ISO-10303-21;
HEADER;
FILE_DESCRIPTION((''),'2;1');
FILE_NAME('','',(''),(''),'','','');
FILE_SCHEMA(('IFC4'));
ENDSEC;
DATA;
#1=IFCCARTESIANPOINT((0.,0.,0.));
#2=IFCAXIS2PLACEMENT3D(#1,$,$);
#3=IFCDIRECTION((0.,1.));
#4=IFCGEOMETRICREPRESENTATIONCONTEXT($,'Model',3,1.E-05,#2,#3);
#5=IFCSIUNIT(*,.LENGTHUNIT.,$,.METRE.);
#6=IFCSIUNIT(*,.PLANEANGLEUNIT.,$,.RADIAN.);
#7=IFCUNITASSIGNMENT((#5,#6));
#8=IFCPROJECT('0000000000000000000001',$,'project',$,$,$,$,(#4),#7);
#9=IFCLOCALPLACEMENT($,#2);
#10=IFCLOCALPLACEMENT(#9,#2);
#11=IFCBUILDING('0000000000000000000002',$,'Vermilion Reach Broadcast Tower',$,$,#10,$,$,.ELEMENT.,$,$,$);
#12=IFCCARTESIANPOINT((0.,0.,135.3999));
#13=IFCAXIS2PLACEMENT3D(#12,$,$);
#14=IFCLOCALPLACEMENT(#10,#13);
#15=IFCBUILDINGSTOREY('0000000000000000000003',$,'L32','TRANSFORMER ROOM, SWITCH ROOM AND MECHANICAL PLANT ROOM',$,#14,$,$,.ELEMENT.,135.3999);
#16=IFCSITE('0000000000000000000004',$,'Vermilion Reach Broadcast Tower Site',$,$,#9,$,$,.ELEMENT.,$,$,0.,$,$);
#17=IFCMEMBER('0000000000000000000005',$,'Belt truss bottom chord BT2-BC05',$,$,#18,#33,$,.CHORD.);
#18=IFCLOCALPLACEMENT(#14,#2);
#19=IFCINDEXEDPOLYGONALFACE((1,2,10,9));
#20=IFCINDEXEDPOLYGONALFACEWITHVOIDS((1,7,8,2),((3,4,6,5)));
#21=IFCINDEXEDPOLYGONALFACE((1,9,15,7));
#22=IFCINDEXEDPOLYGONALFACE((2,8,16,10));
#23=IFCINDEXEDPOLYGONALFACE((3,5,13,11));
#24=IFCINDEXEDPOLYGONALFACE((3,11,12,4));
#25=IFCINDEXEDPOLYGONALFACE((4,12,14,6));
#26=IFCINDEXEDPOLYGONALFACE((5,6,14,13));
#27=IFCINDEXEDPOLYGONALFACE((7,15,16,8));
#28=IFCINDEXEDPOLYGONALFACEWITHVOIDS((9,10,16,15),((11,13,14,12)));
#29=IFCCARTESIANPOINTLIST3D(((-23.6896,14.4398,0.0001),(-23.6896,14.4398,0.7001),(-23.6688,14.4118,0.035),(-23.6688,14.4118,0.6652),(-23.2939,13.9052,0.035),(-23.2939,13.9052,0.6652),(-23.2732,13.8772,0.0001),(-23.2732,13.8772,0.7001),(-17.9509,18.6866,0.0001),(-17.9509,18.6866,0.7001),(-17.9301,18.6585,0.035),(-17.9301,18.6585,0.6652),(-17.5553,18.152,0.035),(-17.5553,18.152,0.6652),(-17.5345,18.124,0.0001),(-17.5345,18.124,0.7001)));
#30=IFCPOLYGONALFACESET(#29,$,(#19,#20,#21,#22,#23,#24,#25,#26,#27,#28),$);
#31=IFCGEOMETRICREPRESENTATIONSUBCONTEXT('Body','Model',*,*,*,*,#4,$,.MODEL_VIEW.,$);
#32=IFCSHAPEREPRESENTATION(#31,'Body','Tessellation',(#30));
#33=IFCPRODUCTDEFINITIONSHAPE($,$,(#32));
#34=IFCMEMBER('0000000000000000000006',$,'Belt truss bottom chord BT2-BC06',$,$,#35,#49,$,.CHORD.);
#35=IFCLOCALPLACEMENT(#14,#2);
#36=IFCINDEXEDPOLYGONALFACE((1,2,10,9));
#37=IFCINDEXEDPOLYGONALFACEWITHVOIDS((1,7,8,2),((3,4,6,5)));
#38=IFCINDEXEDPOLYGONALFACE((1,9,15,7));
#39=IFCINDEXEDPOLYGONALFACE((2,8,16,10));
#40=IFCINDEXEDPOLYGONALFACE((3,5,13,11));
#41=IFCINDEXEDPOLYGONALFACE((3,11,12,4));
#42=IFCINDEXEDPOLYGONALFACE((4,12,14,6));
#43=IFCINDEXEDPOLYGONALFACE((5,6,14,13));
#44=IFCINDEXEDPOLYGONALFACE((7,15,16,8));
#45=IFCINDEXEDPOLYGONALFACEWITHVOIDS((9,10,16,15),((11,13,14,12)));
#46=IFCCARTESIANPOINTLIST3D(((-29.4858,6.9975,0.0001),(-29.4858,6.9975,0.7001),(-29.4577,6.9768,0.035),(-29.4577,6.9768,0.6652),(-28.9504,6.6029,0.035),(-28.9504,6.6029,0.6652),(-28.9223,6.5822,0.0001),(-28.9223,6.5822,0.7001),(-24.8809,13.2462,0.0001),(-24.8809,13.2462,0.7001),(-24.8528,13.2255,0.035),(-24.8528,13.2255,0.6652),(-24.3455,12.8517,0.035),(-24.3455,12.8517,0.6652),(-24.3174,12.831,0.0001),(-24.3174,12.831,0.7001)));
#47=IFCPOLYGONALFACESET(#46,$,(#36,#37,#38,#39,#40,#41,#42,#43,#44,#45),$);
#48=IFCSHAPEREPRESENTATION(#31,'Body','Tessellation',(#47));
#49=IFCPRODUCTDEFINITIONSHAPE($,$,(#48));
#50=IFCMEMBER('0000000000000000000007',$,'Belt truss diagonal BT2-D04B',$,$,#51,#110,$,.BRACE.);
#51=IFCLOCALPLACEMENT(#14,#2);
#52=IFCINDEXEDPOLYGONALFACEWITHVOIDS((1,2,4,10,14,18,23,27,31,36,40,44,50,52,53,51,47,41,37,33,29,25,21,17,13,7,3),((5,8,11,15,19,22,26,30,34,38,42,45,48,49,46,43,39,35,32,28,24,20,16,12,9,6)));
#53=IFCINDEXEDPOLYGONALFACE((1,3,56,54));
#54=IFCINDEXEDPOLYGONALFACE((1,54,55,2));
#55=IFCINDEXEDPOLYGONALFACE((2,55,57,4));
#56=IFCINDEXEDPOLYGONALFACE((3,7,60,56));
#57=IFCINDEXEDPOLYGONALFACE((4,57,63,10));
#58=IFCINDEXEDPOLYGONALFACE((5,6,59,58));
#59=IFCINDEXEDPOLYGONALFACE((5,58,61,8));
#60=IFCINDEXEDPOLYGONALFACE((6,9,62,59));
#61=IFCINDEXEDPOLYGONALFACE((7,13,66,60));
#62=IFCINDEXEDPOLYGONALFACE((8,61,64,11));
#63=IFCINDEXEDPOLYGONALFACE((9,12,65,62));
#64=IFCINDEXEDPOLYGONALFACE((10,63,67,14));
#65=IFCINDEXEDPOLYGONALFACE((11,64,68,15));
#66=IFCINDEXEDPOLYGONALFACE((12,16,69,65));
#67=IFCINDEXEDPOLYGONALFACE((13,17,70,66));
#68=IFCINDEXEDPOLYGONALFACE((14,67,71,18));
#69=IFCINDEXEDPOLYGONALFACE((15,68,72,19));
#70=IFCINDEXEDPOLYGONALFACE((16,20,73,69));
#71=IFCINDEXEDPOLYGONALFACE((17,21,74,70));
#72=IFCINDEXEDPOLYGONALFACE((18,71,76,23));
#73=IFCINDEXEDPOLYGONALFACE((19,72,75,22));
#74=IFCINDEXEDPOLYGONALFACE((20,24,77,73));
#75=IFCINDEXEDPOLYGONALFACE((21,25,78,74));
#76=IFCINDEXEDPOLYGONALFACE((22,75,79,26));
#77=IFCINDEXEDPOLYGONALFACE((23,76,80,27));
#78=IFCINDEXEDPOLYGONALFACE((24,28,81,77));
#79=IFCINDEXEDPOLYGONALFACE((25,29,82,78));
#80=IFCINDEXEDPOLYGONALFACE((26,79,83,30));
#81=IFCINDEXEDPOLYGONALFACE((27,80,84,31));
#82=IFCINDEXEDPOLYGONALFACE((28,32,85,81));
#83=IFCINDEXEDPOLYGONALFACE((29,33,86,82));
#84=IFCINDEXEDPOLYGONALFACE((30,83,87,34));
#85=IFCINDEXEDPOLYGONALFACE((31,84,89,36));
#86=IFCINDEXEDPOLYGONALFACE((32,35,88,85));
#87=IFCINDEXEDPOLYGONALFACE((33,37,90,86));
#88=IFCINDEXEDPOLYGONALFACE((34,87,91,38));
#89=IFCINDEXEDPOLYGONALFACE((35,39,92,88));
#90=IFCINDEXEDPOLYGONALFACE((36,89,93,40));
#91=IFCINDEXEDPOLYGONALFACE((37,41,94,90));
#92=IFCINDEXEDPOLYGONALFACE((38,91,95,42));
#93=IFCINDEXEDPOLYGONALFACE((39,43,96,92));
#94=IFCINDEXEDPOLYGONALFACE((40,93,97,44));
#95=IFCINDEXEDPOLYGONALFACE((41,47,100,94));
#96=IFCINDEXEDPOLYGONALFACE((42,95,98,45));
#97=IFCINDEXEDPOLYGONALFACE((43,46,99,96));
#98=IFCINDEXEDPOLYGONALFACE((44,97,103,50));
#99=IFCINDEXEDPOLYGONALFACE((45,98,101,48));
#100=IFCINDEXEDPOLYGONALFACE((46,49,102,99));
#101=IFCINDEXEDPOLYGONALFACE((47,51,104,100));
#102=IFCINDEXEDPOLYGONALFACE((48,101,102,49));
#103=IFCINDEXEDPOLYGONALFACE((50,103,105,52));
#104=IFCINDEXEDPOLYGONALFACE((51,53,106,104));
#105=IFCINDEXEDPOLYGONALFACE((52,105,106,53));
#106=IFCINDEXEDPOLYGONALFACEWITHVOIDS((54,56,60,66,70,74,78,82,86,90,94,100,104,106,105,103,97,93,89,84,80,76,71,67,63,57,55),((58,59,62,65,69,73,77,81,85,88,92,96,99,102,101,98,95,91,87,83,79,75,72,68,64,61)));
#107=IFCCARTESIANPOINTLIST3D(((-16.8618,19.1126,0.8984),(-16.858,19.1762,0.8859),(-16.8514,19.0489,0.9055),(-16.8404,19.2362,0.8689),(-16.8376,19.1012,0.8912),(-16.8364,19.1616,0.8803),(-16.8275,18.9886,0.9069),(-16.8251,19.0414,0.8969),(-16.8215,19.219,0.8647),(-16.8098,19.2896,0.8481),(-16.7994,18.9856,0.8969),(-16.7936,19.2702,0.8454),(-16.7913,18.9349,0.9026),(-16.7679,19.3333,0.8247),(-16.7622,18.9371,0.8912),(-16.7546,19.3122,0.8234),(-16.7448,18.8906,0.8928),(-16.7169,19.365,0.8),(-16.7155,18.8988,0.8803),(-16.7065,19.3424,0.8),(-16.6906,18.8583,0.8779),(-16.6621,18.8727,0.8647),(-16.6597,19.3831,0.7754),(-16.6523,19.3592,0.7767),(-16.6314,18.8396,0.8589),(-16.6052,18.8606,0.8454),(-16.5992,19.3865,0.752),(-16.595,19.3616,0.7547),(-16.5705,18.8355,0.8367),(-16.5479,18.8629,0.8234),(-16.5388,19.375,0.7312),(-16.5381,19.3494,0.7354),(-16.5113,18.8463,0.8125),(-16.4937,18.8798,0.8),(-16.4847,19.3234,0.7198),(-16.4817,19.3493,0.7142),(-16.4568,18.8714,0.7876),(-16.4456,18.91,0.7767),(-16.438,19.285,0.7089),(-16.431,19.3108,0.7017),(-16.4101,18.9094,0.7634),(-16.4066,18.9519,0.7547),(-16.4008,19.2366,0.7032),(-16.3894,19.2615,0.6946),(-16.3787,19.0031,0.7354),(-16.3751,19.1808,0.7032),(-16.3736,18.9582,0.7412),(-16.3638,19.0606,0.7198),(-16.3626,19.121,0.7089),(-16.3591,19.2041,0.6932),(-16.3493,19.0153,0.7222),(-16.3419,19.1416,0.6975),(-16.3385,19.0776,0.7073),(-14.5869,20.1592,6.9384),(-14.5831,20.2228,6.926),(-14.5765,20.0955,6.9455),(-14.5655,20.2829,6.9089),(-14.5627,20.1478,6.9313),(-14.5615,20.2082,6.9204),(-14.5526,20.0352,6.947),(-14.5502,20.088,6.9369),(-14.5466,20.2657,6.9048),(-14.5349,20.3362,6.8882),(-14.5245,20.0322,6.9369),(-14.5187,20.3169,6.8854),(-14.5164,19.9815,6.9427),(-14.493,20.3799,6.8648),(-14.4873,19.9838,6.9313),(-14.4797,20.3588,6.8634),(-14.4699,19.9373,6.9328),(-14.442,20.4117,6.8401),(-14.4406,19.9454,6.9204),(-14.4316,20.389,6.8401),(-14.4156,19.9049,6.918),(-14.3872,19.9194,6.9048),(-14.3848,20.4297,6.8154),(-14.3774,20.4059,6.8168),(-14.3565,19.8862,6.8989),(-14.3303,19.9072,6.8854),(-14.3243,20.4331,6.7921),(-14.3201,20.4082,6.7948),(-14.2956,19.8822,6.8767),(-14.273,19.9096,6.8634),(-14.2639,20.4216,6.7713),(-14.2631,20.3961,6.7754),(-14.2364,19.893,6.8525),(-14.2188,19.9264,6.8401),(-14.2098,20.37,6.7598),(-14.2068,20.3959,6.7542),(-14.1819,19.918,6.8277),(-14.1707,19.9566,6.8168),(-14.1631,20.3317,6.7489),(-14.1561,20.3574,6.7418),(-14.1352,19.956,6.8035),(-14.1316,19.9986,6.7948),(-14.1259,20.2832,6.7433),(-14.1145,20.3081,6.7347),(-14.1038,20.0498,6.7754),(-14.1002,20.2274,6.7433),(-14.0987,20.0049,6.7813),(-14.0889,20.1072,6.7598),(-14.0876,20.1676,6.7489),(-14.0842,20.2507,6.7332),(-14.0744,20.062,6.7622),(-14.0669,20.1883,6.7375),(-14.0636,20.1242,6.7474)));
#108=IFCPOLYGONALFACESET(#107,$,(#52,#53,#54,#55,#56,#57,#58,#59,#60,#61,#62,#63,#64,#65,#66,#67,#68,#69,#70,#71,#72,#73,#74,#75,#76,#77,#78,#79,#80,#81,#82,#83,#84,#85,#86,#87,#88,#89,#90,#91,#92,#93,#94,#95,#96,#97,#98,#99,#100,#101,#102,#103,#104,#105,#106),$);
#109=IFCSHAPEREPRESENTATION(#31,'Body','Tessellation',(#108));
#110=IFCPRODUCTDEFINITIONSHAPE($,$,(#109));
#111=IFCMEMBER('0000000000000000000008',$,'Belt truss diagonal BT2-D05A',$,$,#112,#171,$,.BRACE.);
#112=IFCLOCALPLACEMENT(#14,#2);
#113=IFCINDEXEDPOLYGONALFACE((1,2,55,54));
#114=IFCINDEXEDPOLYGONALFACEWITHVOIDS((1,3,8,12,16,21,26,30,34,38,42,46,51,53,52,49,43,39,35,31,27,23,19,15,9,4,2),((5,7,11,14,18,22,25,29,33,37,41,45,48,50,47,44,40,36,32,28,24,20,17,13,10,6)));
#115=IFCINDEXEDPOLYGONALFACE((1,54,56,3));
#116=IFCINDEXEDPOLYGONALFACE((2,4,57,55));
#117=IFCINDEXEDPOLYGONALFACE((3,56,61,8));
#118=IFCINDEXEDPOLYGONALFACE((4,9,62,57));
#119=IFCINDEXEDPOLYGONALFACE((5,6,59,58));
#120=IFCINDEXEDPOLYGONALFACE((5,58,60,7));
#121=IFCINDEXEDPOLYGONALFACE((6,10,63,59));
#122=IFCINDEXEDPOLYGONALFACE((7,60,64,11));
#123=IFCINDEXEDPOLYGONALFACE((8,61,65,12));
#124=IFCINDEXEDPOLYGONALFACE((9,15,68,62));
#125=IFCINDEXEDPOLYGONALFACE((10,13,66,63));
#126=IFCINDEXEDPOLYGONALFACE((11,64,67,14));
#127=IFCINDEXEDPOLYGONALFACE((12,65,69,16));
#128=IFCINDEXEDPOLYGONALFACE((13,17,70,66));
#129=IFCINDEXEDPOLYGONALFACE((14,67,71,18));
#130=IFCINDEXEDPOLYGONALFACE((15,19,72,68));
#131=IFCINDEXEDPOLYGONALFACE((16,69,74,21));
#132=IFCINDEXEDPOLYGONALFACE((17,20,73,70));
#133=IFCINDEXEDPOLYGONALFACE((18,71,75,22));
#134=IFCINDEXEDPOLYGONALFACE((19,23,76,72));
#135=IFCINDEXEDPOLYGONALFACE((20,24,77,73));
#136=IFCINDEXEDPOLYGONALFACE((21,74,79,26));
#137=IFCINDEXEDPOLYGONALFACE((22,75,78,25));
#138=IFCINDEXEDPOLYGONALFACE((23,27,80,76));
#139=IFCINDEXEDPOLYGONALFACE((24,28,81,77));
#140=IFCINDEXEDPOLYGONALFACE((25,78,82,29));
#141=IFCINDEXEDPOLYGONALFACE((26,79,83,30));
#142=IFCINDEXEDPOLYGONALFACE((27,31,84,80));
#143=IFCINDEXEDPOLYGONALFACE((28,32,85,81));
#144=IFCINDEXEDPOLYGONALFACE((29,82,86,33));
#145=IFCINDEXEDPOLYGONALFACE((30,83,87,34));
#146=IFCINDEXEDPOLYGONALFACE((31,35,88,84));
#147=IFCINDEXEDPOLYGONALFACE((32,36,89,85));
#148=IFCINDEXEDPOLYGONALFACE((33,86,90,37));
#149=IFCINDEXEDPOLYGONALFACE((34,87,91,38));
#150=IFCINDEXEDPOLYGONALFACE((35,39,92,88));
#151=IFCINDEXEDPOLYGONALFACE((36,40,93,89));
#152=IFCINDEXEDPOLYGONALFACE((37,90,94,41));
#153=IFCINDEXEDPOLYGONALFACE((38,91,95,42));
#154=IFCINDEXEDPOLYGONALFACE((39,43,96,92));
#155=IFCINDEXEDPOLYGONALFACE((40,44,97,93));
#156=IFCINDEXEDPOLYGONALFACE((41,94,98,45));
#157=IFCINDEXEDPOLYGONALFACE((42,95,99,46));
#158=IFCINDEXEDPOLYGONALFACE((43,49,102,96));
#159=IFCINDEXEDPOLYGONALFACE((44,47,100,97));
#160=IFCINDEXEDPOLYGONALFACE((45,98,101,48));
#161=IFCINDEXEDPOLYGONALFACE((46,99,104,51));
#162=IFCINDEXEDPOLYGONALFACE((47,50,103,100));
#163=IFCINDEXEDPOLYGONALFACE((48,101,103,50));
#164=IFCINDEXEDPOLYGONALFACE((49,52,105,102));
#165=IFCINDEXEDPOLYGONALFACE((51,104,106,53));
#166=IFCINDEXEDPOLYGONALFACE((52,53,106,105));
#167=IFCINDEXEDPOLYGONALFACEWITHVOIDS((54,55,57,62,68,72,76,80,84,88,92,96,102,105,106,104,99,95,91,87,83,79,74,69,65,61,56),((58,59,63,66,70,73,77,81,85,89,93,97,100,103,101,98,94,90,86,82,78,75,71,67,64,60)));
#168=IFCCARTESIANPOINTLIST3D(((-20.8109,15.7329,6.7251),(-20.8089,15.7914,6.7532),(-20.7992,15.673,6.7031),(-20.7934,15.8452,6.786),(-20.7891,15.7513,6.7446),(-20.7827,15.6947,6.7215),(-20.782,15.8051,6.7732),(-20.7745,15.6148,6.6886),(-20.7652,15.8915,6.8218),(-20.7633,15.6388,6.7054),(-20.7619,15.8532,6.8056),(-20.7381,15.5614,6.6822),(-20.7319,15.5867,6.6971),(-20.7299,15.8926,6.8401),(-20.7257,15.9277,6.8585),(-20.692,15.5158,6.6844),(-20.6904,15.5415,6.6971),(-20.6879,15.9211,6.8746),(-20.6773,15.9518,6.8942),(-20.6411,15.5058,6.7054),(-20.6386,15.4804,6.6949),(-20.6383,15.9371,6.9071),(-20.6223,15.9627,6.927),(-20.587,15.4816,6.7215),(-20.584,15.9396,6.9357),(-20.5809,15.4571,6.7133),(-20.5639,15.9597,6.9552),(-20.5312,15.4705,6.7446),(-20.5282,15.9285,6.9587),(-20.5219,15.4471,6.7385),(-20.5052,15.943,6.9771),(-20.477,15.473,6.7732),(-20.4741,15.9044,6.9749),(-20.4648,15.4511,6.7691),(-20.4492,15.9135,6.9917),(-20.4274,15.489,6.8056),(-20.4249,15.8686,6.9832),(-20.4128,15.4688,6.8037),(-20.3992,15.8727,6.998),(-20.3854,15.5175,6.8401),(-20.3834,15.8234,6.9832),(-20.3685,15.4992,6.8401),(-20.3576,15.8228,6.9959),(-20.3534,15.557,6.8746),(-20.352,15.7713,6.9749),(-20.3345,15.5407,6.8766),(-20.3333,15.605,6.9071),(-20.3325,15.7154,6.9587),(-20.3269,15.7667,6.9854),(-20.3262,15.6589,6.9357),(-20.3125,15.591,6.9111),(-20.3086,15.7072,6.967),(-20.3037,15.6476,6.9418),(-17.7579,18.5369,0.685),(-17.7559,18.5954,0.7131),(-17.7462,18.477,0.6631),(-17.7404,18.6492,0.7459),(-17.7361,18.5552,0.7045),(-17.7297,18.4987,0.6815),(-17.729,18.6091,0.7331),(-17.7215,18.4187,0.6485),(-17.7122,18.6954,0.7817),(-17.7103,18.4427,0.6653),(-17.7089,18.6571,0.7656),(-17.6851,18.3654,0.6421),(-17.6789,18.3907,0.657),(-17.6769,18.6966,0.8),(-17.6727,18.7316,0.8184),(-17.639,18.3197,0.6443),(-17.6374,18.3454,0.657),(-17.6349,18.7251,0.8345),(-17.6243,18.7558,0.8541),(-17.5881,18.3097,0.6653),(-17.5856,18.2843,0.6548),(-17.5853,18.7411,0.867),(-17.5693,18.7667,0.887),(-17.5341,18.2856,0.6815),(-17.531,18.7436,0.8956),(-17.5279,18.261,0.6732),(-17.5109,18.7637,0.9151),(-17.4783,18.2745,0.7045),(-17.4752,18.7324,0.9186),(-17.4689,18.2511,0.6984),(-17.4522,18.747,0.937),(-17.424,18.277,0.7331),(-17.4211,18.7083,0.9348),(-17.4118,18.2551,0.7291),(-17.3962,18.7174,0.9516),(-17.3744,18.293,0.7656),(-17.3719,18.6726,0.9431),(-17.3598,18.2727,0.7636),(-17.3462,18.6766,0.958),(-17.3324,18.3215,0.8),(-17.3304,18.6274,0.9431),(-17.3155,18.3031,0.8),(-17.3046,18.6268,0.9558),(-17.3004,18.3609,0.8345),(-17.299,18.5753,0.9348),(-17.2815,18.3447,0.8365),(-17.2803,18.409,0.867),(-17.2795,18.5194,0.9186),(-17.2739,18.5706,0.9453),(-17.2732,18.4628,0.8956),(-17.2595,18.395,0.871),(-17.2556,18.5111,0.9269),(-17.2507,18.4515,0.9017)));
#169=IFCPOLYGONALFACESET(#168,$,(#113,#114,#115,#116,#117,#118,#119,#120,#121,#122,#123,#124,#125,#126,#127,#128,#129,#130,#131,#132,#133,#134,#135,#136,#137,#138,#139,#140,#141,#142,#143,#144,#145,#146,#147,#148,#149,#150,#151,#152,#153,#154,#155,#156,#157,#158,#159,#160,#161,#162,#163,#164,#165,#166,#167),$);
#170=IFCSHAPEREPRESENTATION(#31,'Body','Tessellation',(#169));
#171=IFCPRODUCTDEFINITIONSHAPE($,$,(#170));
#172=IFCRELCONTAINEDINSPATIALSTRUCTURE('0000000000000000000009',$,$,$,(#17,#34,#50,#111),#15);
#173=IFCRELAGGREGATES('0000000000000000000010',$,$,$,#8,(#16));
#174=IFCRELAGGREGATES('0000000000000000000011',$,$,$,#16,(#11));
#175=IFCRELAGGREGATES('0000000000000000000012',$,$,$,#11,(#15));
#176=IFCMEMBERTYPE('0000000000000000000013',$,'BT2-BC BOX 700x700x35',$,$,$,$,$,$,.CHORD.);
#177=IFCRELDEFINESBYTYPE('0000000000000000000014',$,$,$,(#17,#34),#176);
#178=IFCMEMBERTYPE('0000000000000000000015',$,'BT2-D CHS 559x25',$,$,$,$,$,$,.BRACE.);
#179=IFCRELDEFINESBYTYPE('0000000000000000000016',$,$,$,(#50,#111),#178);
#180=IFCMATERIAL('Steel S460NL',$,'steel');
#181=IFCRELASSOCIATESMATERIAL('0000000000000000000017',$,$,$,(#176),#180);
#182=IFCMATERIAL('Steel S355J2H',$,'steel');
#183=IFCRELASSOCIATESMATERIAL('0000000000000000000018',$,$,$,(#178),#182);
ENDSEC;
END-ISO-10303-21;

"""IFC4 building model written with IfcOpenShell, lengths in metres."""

from ifc_helpers import new_model, si_unit, direction, frame, origin, origin_2d, place, context, subcontext, project, spatial, hollow_rectangle, hollow_circle, extrude, material, material_profile, profile_set, type_object, element, save


model = new_model("IFC4")

# Units and contexts
model_context = context("Model", 3, precision=1e-05, world=origin(), true_north=direction((0.0, 1.0)))
body_context = subcontext(model_context, "Body", "Model", "MODEL_VIEW")
ifc_project = project(units=[si_unit("LENGTHUNIT", "METRE"), si_unit("PLANEANGLEUNIT", "RADIAN")], contexts=[model_context])

# Site, building, storey
site_placement = place(None, origin())
site = spatial("IfcSite", under=ifc_project, at=site_placement, Name="Vermilion Reach Broadcast Tower Site", CompositionType="ELEMENT", RefElevation=0.0)
building_placement = place(site_placement, origin())
building = spatial("IfcBuilding", under=site, at=building_placement, Name="Vermilion Reach Broadcast Tower", CompositionType="ELEMENT")
storey_placement = place(building_placement, frame((0.0, 0.0, 135.3999)))
storey = spatial("IfcBuildingStorey", under=building, at=storey_placement, Name="L32", Description="TRANSFORMER ROOM, SWITCH ROOM AND MECHANICAL PLANT ROOM", CompositionType="ELEMENT", Elevation=135.3999)

# Members
ifc_material_1 = material(Name="Steel S460NL", Category="steel")
ifc_material_profile_1 = material_profile(ifc_material_1, hollow_rectangle(XDim=0.7, YDim=0.7, WallThickness=0.0349, at=origin_2d()), Name="S460NL BOX 700x700x35")
ifc_profile_set_1 = profile_set([ifc_material_profile_1], Name="Steel S460NL")
member_type_1 = type_object("IfcMemberType", Name="BT2-BC BOX 700x700x35", PredefinedType="CHORD", material=ifc_profile_set_1)
member_1_placement = place(storey_placement, frame((-17.7427, 18.4053, 0.3501), z_axis=(-0.803833, -0.594855, 0.0), x_axis=(0.594855, -0.803833, 0.0)))
element("IfcMember", 1, at=member_1_placement, inside=storey, type_object=member_type_1, Name="Belt truss bottom chord BT2-BC05", PredefinedType="CHORD", context=body_context, shape_type="SweptSolid", body=[
    extrude(hollow_rectangle(XDim=0.7, YDim=0.7, WallThickness=0.0349, at=origin_2d()), origin(), (0.0, 0.0, 1.0), 7.1392),
])
member_2_placement = place(storey_placement, frame((-24.5991, 13.0386, 0.3501), z_axis=(-0.593251, -0.805018, 0.0), x_axis=(0.805018, -0.593251, 0.0)))
element("IfcMember", 2, at=member_2_placement, inside=storey, type_object=member_type_1, Name="Belt truss bottom chord BT2-BC06", PredefinedType="CHORD", context=body_context, shape_type="SweptSolid", body=[
    extrude(hollow_rectangle(XDim=0.7, YDim=0.7, WallThickness=0.0349, at=origin_2d()), origin(), (0.0, 0.0, 1.0), 7.7622),
])
ifc_material_2 = material(Name="Steel S355J2H", Category="steel")
ifc_material_profile_2 = material_profile(ifc_material_2, hollow_circle(Radius=0.2795, WallThickness=0.0249, at=origin_2d()), Name="S355J2H CHS 559x25")
ifc_profile_set_2 = profile_set([ifc_material_profile_2], Name="Steel S355J2H")
member_type_2 = type_object("IfcMemberType", Name="BT2-D CHS 559x25", PredefinedType="BRACE", material=ifc_profile_set_2)
member_3_placement = place(storey_placement, frame((-16.6001, 19.1111, 0.8), z_axis=(0.347921, 0.160071, 0.923758), x_axis=(-0.417964, 0.908464, 0.0)))
element("IfcMember", 3, at=member_3_placement, inside=storey, type_object=member_type_2, Name="Belt truss diagonal BT2-D04B", PredefinedType="BRACE", context=body_context, shape_type="SweptSolid", body=[
    extrude(hollow_circle(Radius=0.2795, WallThickness=0.0249, at=origin_2d()), origin(), (0.0, 0.0, 1.0), 6.5386),
])
member_4_placement = place(storey_placement, frame((-17.5046, 18.509, 0.8), z_axis=(-0.416753, -0.382759, 0.824507), x_axis=(0.676431, -0.736506, 0.0)))
element("IfcMember", 4, at=member_4_placement, inside=storey, type_object=member_type_2, Name="Belt truss diagonal BT2-D05A", PredefinedType="BRACE", context=body_context, shape_type="SweptSolid", body=[
    extrude(hollow_circle(Radius=0.2795, WallThickness=0.0249, at=origin_2d()), origin(), (0.0, 0.0, 1.0), 7.3257),
])

save(model, "model.ifc")
